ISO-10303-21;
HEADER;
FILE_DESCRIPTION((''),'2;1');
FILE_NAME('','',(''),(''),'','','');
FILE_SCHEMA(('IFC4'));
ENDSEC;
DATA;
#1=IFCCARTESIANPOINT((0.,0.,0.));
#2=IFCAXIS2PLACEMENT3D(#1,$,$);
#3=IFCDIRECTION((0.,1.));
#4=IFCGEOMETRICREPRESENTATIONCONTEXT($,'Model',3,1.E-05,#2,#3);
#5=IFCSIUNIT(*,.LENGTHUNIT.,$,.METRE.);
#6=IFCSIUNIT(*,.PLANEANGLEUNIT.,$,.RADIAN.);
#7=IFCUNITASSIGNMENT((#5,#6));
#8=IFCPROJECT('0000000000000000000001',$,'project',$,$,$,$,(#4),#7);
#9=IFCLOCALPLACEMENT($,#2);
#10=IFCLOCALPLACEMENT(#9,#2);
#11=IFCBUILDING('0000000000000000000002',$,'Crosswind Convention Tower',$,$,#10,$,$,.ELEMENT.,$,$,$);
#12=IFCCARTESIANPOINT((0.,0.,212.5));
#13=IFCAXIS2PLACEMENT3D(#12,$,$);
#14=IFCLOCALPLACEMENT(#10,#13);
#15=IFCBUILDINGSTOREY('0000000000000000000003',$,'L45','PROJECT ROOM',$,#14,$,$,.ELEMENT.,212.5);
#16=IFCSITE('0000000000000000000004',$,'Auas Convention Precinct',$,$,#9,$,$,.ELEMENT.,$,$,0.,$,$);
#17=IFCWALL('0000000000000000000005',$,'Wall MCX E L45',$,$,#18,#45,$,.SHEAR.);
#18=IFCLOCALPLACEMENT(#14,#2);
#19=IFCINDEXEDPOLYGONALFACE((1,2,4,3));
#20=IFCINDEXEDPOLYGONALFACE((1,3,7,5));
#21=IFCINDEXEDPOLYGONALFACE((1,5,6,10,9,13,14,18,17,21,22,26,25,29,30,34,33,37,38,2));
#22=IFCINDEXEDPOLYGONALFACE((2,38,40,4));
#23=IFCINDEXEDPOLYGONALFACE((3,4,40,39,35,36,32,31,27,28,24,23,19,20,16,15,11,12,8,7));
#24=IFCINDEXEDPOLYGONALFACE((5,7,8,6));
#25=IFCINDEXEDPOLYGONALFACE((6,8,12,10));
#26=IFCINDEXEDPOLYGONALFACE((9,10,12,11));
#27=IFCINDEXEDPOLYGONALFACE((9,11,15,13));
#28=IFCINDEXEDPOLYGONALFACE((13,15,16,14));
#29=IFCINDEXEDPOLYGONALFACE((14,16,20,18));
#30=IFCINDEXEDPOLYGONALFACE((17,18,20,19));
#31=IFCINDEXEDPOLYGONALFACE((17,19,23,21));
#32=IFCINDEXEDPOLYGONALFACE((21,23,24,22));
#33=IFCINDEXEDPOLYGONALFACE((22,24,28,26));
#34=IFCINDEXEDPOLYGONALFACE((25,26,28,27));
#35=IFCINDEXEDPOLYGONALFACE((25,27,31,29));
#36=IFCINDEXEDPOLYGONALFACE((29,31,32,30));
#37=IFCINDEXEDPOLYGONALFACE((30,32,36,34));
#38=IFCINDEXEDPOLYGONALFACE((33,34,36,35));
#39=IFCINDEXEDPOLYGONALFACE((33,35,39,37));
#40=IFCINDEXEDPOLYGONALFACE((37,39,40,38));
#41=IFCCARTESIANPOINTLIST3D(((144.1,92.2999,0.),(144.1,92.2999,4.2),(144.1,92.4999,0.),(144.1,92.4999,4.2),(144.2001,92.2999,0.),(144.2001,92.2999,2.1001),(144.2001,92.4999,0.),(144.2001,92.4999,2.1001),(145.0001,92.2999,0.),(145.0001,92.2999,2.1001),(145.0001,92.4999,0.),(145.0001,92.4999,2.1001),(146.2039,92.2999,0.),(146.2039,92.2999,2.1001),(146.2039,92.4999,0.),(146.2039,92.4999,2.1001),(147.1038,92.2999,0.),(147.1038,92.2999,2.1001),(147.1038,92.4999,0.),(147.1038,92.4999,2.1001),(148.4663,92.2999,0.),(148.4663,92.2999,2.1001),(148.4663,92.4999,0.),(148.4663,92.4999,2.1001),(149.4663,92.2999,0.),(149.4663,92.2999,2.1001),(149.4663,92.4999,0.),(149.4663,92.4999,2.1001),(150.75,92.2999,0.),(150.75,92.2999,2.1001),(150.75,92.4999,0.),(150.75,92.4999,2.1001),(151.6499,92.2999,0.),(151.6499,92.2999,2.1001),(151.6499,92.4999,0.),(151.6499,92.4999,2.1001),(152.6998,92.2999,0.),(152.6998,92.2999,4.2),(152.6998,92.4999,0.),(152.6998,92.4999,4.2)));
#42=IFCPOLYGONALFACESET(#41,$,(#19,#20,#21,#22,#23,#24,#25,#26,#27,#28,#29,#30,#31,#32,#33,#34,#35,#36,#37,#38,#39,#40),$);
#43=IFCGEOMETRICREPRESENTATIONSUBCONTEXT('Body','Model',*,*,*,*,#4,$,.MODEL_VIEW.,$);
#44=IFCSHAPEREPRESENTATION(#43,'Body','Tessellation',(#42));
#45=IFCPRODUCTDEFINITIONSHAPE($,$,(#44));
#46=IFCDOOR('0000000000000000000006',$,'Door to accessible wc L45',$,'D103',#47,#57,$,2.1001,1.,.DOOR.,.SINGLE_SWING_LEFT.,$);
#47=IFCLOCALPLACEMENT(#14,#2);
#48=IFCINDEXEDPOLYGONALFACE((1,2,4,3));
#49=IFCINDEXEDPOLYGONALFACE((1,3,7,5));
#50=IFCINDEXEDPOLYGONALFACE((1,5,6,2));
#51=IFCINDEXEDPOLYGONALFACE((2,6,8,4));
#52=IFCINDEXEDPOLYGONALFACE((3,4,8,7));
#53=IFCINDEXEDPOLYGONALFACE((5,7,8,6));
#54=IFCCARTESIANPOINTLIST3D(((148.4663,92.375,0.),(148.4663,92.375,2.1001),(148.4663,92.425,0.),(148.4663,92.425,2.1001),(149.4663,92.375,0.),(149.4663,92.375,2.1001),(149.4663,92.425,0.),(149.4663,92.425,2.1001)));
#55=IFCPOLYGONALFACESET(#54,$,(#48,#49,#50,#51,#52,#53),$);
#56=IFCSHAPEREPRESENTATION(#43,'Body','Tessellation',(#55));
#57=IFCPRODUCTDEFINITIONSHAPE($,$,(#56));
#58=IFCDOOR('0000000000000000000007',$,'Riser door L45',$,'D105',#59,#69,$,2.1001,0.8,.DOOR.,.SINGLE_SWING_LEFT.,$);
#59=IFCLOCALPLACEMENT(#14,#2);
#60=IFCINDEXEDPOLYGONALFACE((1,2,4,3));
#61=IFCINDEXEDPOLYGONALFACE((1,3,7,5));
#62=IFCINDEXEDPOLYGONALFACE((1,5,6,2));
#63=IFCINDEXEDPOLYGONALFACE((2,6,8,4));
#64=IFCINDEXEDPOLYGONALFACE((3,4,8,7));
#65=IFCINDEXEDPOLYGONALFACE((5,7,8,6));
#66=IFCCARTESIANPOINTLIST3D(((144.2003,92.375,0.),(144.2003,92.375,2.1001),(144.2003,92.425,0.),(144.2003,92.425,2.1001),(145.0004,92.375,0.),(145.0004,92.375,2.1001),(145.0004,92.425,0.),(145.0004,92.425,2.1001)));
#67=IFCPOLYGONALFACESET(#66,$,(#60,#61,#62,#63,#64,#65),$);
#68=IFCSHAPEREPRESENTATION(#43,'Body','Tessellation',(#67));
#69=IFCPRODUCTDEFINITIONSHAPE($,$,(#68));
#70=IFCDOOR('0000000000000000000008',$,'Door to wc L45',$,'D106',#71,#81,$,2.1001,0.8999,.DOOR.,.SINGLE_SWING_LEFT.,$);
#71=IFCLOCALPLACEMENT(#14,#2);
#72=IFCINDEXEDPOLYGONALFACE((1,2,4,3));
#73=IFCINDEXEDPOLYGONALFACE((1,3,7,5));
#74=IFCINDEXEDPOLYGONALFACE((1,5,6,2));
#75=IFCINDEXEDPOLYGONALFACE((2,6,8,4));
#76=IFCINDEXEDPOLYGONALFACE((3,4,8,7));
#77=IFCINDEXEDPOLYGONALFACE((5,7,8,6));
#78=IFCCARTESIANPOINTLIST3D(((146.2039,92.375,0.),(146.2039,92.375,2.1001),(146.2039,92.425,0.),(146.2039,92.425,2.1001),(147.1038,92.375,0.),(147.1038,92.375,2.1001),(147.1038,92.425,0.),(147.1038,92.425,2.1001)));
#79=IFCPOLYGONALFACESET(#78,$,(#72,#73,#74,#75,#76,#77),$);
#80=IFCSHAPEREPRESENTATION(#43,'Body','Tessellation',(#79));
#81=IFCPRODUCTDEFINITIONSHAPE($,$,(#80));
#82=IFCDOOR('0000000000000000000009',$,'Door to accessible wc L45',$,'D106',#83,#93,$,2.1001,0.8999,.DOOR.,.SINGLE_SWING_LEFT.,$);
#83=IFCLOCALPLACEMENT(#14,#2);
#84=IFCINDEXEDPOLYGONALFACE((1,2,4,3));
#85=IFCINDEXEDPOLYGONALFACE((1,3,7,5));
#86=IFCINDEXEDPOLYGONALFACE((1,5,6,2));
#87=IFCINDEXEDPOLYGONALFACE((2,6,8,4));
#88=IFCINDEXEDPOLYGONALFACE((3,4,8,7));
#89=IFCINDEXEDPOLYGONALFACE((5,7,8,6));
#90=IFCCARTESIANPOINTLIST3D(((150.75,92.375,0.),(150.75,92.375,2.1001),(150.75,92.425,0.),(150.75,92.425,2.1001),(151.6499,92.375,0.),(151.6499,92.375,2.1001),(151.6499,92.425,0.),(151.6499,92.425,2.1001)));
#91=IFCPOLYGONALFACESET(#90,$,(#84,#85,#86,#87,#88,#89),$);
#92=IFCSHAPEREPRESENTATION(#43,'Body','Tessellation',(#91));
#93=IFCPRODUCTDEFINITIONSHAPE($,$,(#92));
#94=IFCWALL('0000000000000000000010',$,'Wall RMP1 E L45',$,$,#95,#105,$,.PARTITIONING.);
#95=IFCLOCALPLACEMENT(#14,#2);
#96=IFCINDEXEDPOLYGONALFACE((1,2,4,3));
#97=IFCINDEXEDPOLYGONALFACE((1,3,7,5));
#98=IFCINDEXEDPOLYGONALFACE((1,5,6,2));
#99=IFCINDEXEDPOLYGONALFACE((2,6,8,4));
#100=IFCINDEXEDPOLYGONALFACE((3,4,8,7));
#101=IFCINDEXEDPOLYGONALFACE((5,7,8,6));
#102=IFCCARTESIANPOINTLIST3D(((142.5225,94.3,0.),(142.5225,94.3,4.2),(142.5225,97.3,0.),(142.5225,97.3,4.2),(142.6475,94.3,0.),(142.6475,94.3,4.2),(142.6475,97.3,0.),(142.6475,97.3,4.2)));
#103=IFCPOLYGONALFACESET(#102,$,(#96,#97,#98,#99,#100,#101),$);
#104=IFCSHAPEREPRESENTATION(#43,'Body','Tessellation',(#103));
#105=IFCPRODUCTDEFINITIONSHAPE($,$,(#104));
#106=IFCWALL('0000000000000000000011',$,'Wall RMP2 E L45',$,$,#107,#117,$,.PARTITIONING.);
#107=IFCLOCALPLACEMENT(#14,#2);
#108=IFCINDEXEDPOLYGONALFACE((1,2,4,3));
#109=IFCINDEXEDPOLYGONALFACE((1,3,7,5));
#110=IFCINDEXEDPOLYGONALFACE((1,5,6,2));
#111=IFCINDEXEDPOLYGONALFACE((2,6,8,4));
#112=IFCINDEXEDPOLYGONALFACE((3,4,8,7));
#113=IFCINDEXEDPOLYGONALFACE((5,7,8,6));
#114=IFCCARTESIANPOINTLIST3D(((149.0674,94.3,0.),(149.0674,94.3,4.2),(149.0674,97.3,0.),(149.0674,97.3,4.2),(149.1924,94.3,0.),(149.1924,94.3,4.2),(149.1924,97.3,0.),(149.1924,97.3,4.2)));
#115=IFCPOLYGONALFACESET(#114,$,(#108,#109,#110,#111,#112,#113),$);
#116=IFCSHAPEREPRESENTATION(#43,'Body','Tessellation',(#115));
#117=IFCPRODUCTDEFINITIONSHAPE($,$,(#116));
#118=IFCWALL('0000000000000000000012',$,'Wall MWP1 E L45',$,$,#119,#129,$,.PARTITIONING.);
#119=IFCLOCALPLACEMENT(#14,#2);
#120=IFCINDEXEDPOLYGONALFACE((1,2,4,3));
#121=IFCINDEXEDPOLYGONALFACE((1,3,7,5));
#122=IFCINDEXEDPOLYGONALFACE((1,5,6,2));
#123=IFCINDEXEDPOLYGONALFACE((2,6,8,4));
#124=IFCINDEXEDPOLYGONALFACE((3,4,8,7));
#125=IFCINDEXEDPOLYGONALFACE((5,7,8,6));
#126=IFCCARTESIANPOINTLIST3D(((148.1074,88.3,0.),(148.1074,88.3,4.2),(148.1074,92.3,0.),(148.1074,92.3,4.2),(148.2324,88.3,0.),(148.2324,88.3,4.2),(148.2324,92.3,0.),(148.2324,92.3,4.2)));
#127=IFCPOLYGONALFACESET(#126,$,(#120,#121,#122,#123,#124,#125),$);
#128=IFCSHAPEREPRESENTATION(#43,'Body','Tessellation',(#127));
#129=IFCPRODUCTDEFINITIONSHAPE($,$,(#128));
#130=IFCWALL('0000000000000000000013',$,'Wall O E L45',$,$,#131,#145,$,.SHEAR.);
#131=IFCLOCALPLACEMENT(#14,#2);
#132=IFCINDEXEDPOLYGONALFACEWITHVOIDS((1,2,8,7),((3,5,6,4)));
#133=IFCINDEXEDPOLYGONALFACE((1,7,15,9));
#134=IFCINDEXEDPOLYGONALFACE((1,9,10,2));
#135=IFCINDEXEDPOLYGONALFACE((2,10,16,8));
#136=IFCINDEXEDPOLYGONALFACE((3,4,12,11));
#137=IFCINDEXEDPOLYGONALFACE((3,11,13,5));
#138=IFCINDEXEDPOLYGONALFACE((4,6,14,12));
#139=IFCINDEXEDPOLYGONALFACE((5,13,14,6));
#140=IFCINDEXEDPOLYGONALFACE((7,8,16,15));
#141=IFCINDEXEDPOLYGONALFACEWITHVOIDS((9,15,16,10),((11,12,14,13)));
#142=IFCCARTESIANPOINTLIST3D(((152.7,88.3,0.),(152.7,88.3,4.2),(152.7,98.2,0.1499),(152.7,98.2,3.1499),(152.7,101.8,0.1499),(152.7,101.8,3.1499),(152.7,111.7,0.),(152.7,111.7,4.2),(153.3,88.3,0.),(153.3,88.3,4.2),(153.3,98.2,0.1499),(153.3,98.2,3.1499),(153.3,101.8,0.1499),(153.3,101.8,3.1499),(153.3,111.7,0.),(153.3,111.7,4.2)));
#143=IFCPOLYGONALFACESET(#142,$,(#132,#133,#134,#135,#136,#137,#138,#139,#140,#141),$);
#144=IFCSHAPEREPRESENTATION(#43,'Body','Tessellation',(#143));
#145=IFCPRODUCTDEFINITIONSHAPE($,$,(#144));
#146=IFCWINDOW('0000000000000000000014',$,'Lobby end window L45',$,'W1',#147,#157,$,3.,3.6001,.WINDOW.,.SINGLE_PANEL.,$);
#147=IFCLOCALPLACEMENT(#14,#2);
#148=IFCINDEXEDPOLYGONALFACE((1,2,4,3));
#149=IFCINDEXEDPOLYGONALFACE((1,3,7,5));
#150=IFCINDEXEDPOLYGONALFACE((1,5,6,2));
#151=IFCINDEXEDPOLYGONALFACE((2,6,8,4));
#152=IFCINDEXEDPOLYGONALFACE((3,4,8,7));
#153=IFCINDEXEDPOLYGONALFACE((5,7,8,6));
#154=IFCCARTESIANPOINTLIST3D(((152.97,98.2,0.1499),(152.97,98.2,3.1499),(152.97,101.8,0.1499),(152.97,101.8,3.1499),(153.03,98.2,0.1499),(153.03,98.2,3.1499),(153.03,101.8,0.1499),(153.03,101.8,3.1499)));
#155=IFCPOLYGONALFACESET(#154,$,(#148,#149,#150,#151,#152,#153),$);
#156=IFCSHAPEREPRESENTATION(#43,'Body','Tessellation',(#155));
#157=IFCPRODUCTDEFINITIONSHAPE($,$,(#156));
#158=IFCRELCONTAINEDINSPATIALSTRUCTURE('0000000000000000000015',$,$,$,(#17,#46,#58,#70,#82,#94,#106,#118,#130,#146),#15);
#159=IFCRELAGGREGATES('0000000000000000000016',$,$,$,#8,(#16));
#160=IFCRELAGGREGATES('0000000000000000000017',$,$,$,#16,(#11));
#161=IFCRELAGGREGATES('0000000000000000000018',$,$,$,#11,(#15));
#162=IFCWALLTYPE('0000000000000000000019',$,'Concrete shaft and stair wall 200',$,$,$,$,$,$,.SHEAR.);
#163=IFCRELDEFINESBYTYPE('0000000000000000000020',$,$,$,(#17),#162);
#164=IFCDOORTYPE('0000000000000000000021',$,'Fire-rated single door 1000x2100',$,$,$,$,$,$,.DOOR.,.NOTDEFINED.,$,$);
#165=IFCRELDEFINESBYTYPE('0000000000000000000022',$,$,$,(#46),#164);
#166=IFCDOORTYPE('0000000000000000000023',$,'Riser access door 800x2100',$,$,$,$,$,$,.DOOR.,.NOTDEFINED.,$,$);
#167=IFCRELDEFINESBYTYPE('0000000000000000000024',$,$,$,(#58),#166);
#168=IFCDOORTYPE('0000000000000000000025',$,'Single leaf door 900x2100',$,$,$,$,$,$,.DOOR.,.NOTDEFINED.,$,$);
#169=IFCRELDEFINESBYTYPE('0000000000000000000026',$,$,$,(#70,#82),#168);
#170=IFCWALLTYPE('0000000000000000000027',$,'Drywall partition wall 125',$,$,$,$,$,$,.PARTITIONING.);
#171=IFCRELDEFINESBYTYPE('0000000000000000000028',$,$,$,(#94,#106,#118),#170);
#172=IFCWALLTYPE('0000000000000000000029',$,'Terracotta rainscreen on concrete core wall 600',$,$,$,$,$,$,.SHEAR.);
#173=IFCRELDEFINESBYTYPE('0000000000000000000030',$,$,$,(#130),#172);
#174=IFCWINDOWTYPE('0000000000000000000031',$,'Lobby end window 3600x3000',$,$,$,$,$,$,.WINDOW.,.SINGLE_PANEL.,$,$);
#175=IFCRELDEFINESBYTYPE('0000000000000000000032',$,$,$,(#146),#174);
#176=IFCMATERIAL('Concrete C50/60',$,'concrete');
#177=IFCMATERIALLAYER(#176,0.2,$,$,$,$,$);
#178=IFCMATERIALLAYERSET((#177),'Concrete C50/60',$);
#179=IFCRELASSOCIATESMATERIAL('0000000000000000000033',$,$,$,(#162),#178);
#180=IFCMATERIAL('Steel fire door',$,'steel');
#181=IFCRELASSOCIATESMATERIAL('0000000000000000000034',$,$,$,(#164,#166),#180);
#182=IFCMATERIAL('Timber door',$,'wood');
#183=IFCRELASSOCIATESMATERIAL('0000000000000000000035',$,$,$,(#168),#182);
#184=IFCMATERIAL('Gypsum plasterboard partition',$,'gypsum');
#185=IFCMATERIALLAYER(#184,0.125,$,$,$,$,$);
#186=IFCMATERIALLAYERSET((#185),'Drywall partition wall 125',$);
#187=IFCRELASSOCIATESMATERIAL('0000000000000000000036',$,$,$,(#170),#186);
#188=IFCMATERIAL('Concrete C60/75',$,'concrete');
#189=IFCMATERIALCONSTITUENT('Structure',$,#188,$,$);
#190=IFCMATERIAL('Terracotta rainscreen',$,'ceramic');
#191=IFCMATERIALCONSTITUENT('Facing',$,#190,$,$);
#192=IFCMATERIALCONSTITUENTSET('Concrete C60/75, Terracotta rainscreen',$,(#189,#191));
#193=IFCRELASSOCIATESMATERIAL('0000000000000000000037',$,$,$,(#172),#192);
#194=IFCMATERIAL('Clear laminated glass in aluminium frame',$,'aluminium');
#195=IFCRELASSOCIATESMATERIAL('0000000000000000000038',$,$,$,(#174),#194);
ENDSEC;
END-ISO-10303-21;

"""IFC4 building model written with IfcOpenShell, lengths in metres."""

from ifc_helpers import new_model, si_unit, direction, frame, frame_2d, origin, place, context, subcontext, project, spatial, rectangle, extrude, material, layer, layer_set, constituent, constituent_set, type_object, element, fill, save


model = new_model("IFC4")

# Units and contexts
model_context = context("Model", 3, precision=1e-05, world=origin(), true_north=direction((0.0, 1.0)))
body_context = subcontext(model_context, "Body", "Model", "MODEL_VIEW")
ifc_project = project(units=[si_unit("LENGTHUNIT", "METRE"), si_unit("PLANEANGLEUNIT", "RADIAN")], contexts=[model_context])

# Site, building, storey
site_placement = place(None, origin())
site = spatial("IfcSite", under=ifc_project, at=site_placement, Name="Auas Convention Precinct", CompositionType="ELEMENT", RefElevation=0.0)
building_placement = place(site_placement, origin())
building = spatial("IfcBuilding", under=site, at=building_placement, Name="Crosswind Convention Tower", CompositionType="ELEMENT")
storey_placement = place(building_placement, frame((0.0, 0.0, 212.5)))
storey = spatial("IfcBuildingStorey", under=building, at=storey_placement, Name="L45", Description="PROJECT ROOM", CompositionType="ELEMENT", Elevation=212.5)

# Shared definitions
ifc_material_1 = material(Name="Concrete C50/60", Category="concrete")

# Shared definitions
ifc_layer_1 = layer(ifc_material_1, 0.2)
ifc_layer_set_1 = layer_set([ifc_layer_1], Name="Concrete C50/60")
wall_type_1 = type_object("IfcWallType", Name="Concrete shaft and stair wall 200", PredefinedType="SHEAR", material=ifc_layer_set_1)

# Shared definitions
ifc_material_2 = material(Name="Steel fire door", Category="steel")

# Shared definitions
door_type_1 = type_object("IfcDoorType", Name="Fire-rated single door 1000x2100", OperationType="NOTDEFINED", PredefinedType="DOOR", material=ifc_material_2)

# Wall, openings, doors
wall_1_placement = place(storey_placement, frame((144.1001, 92.3999, 0.0), z_axis=(0.0, 0.0, 1.0), x_axis=(1.0, 0.0, 0.0)))
wall_1 = element("IfcWall", 1, at=wall_1_placement, inside=storey, type_object=wall_type_1, Name="Wall MCX E L45", PredefinedType="SHEAR", context=body_context, shape_type="SweptSolid", body=[
    extrude(rectangle(XDim=8.5999, YDim=0.2, at=frame_2d((4.2998, 0.0))), origin(), (0.0, 0.0, 1.0), 4.2),
])
opening_1_placement = place(wall_1_placement, frame((0.1001, 0.0, 0.0)))
opening_1 = element("IfcOpeningElement", 2, at=opening_1_placement, cuts=wall_1, PredefinedType="OPENING", context=body_context, shape_type="SweptSolid", body=[
    extrude(rectangle(XDim=0.8, YDim=2.1001, at=frame_2d((0.3999, 1.05))), frame((0.0, 0.1099, 0.0), z_axis=(0.0, -1.0, 0.0), x_axis=(1.0, 0.0, 0.0)), (0.0, 0.0, 1.0), 0.22),
])
opening_2_placement = place(wall_1_placement, frame((2.1038, 0.0, 0.0)))
opening_2 = element("IfcOpeningElement", 3, at=opening_2_placement, cuts=wall_1, PredefinedType="OPENING", context=body_context, shape_type="SweptSolid", body=[
    extrude(rectangle(XDim=0.8999, YDim=2.1001, at=frame_2d((0.45, 1.05))), frame((0.0, 0.1099, 0.0), z_axis=(0.0, -1.0, 0.0), x_axis=(1.0, 0.0, 0.0)), (0.0, 0.0, 1.0), 0.22),
])
opening_3_placement = place(wall_1_placement, frame((4.3662, 0.0, 0.0)))
opening_3 = element("IfcOpeningElement", 4, at=opening_3_placement, cuts=wall_1, PredefinedType="OPENING", context=body_context, shape_type="SweptSolid", body=[
    extrude(rectangle(XDim=1.0, YDim=2.1001, at=frame_2d((0.5, 1.05))), frame((0.0, 0.1099, 0.0), z_axis=(0.0, -1.0, 0.0), x_axis=(1.0, 0.0, 0.0)), (0.0, 0.0, 1.0), 0.22),
])
opening_4_placement = place(wall_1_placement, frame((6.6499, 0.0, 0.0)))
opening_4 = element("IfcOpeningElement", 5, at=opening_4_placement, cuts=wall_1, PredefinedType="OPENING", context=body_context, shape_type="SweptSolid", body=[
    extrude(rectangle(XDim=0.8999, YDim=2.1001, at=frame_2d((0.45, 1.05))), frame((0.0, 0.1099, 0.0), z_axis=(0.0, -1.0, 0.0), x_axis=(1.0, 0.0, 0.0)), (0.0, 0.0, 1.0), 0.22),
])
door_1_placement = place(opening_3_placement, frame((1.0, 0.0, 0.0), z_axis=(0.0, 0.0, 1.0), x_axis=(-1.0, 0.0, 0.0)))
door_1 = element("IfcDoor", 6, at=door_1_placement, inside=storey, type_object=door_type_1, Name="Door to accessible wc L45", ObjectType="D103", OperationType="SINGLE_SWING_LEFT", OverallHeight=2.1001, OverallWidth=1.0, PredefinedType="DOOR", context=body_context, shape_type="SweptSolid", body=[
    extrude(rectangle(XDim=1.0, YDim=2.1001, at=frame_2d((0.5, 1.05))), frame((0.0, 0.0249, 0.0), z_axis=(0.0, -1.0, 0.0), x_axis=(1.0, 0.0, 0.0)), (0.0, 0.0, 1.0), 0.05),
])
fill(opening_3, door_1)
door_type_2 = type_object("IfcDoorType", Name="Riser access door 800x2100", OperationType="NOTDEFINED", PredefinedType="DOOR", material=ifc_material_2)
door_2_placement = place(opening_1_placement, frame((0.8, 0.0, 0.0), z_axis=(0.0, 0.0, 1.0), x_axis=(-1.0, 0.0, 0.0)))
door_2 = element("IfcDoor", 7, at=door_2_placement, inside=storey, type_object=door_type_2, Name="Riser door L45", ObjectType="D105", OperationType="SINGLE_SWING_LEFT", OverallHeight=2.1001, OverallWidth=0.8, PredefinedType="DOOR", context=body_context, shape_type="SweptSolid", body=[
    extrude(rectangle(XDim=0.8, YDim=2.1001, at=frame_2d((0.3999, 1.05))), frame((0.0, 0.0249, 0.0), z_axis=(0.0, -1.0, 0.0), x_axis=(1.0, 0.0, 0.0)), (0.0, 0.0, 1.0), 0.05),
])
fill(opening_1, door_2)
ifc_material_3 = material(Name="Timber door", Category="wood")
door_type_3 = type_object("IfcDoorType", Name="Single leaf door 900x2100", OperationType="NOTDEFINED", PredefinedType="DOOR", material=ifc_material_3)
door_3_placement = place(opening_2_placement, frame((0.8999, 0.0, 0.0), z_axis=(0.0, 0.0, 1.0), x_axis=(-1.0, 0.0, 0.0)))
door_3 = element("IfcDoor", 8, at=door_3_placement, inside=storey, type_object=door_type_3, Name="Door to wc L45", ObjectType="D106", OperationType="SINGLE_SWING_LEFT", OverallHeight=2.1001, OverallWidth=0.8999, PredefinedType="DOOR", context=body_context, shape_type="SweptSolid", body=[
    extrude(rectangle(XDim=0.8999, YDim=2.1001, at=frame_2d((0.45, 1.05))), frame((0.0, 0.0249, 0.0), z_axis=(0.0, -1.0, 0.0), x_axis=(1.0, 0.0, 0.0)), (0.0, 0.0, 1.0), 0.05),
])
fill(opening_2, door_3)
door_4_placement = place(opening_4_placement, frame((0.8999, 0.0, 0.0), z_axis=(0.0, 0.0, 1.0), x_axis=(-1.0, 0.0, 0.0)))
door_4 = element("IfcDoor", 9, at=door_4_placement, inside=storey, type_object=door_type_3, Name="Door to accessible wc L45", ObjectType="D106", OperationType="SINGLE_SWING_LEFT", OverallHeight=2.1001, OverallWidth=0.8999, PredefinedType="DOOR", context=body_context, shape_type="SweptSolid", body=[
    extrude(rectangle(XDim=0.8999, YDim=2.1001, at=frame_2d((0.45, 1.05))), frame((0.0, 0.0249, 0.0), z_axis=(0.0, -1.0, 0.0), x_axis=(1.0, 0.0, 0.0)), (0.0, 0.0, 1.0), 0.05),
])
fill(opening_4, door_4)

# Walls
ifc_material_4 = material(Name="Gypsum plasterboard partition", Category="gypsum")
ifc_layer_2 = layer(ifc_material_4, 0.125)
ifc_layer_set_2 = layer_set([ifc_layer_2], Name="Drywall partition wall 125")
wall_type_2 = type_object("IfcWallType", Name="Drywall partition wall 125", PredefinedType="PARTITIONING", material=ifc_layer_set_2)
for number, where, z_axis, x_axis, name in (
    (10, (142.585, 94.3, 0.0), (0.0, 0.0, 1.0), (0.0, 1.0, 0.0), "Wall RMP1 E L45"),
    (11, (149.1299, 94.3, 0.0), (0.0, 0.0, 1.0), (0.0, 1.0, 0.0), "Wall RMP2 E L45"),
):
    element("IfcWall", number, at=place(storey_placement, frame(where, z_axis=z_axis, x_axis=x_axis)), inside=storey, type_object=wall_type_2, Name=name, PredefinedType="PARTITIONING", context=body_context, shape_type="SweptSolid", body=[
        extrude(rectangle(XDim=3.0, YDim=0.125, at=frame_2d((1.5, 0.0))), origin(), (0.0, 0.0, 1.0), 4.2),
    ])
wall_2_placement = place(storey_placement, frame((148.1699, 88.3, 0.0), z_axis=(0.0, 0.0, 1.0), x_axis=(0.0, 1.0, 0.0)))
element("IfcWall", 12, at=wall_2_placement, inside=storey, type_object=wall_type_2, Name="Wall MWP1 E L45", PredefinedType="PARTITIONING", context=body_context, shape_type="SweptSolid", body=[
    extrude(rectangle(XDim=4.0, YDim=0.125, at=frame_2d((2.0, 0.0))), origin(), (0.0, 0.0, 1.0), 4.2),
])

# Wall, opening, window
ifc_material_5 = material(Name="Concrete C60/75", Category="concrete")
ifc_constituent_1 = constituent(ifc_material_5, Name="Structure")
ifc_material_6 = material(Name="Terracotta rainscreen", Category="ceramic")
ifc_constituent_2 = constituent(ifc_material_6, Name="Facing")
ifc_constituent_set = constituent_set(constituents=[ifc_constituent_1, ifc_constituent_2], Name="Concrete C60/75, Terracotta rainscreen")
wall_type_3 = type_object("IfcWallType", Name="Terracotta rainscreen on concrete core wall 600", PredefinedType="SHEAR", material=ifc_constituent_set)
wall_3_placement = place(storey_placement, frame((153.0, 88.3, 0.0), z_axis=(0.0, 0.0, 1.0), x_axis=(0.0, 1.0, 0.0)))
wall_3 = element("IfcWall", 13, at=wall_3_placement, inside=storey, type_object=wall_type_3, Name="Wall O E L45", PredefinedType="SHEAR", context=body_context, shape_type="SweptSolid", body=[
    extrude(rectangle(XDim=23.3999, YDim=0.6001, at=frame_2d((11.7, 0.0))), origin(), (0.0, 0.0, 1.0), 4.2),
])
opening_5_placement = place(wall_3_placement, frame((9.8999, 0.0, 0.1499)))
opening_5 = element("IfcOpeningElement", 14, at=opening_5_placement, cuts=wall_3, PredefinedType="OPENING", context=body_context, shape_type="SweptSolid", body=[
    extrude(rectangle(XDim=3.6001, YDim=3.0, at=frame_2d((1.8, 1.5))), frame((0.0, 0.3101, 0.0), z_axis=(0.0, -1.0, 0.0), x_axis=(1.0, 0.0, 0.0)), (0.0, 0.0, 1.0), 0.6201),
])
ifc_material_7 = material(Name="Clear laminated glass in aluminium frame", Category="aluminium")
window_type = type_object("IfcWindowType", Name="Lobby end window 3600x3000", PartitioningType="SINGLE_PANEL", PredefinedType="WINDOW", material=ifc_material_7)
window_placement = place(opening_5_placement, origin())
window = element("IfcWindow", 15, at=window_placement, inside=storey, type_object=window_type, Name="Lobby end window L45", ObjectType="W1", OverallHeight=3.0, OverallWidth=3.6001, PartitioningType="SINGLE_PANEL", PredefinedType="WINDOW", context=body_context, shape_type="SweptSolid", body=[
    extrude(rectangle(XDim=3.6001, YDim=3.0, at=frame_2d((1.8, 1.5))), frame((0.0, 0.03, 0.0), z_axis=(0.0, -1.0, 0.0), x_axis=(1.0, 0.0, 0.0)), (0.0, 0.0, 1.0), 0.0601),
])
fill(opening_5, window)

save(model, "model.ifc")
